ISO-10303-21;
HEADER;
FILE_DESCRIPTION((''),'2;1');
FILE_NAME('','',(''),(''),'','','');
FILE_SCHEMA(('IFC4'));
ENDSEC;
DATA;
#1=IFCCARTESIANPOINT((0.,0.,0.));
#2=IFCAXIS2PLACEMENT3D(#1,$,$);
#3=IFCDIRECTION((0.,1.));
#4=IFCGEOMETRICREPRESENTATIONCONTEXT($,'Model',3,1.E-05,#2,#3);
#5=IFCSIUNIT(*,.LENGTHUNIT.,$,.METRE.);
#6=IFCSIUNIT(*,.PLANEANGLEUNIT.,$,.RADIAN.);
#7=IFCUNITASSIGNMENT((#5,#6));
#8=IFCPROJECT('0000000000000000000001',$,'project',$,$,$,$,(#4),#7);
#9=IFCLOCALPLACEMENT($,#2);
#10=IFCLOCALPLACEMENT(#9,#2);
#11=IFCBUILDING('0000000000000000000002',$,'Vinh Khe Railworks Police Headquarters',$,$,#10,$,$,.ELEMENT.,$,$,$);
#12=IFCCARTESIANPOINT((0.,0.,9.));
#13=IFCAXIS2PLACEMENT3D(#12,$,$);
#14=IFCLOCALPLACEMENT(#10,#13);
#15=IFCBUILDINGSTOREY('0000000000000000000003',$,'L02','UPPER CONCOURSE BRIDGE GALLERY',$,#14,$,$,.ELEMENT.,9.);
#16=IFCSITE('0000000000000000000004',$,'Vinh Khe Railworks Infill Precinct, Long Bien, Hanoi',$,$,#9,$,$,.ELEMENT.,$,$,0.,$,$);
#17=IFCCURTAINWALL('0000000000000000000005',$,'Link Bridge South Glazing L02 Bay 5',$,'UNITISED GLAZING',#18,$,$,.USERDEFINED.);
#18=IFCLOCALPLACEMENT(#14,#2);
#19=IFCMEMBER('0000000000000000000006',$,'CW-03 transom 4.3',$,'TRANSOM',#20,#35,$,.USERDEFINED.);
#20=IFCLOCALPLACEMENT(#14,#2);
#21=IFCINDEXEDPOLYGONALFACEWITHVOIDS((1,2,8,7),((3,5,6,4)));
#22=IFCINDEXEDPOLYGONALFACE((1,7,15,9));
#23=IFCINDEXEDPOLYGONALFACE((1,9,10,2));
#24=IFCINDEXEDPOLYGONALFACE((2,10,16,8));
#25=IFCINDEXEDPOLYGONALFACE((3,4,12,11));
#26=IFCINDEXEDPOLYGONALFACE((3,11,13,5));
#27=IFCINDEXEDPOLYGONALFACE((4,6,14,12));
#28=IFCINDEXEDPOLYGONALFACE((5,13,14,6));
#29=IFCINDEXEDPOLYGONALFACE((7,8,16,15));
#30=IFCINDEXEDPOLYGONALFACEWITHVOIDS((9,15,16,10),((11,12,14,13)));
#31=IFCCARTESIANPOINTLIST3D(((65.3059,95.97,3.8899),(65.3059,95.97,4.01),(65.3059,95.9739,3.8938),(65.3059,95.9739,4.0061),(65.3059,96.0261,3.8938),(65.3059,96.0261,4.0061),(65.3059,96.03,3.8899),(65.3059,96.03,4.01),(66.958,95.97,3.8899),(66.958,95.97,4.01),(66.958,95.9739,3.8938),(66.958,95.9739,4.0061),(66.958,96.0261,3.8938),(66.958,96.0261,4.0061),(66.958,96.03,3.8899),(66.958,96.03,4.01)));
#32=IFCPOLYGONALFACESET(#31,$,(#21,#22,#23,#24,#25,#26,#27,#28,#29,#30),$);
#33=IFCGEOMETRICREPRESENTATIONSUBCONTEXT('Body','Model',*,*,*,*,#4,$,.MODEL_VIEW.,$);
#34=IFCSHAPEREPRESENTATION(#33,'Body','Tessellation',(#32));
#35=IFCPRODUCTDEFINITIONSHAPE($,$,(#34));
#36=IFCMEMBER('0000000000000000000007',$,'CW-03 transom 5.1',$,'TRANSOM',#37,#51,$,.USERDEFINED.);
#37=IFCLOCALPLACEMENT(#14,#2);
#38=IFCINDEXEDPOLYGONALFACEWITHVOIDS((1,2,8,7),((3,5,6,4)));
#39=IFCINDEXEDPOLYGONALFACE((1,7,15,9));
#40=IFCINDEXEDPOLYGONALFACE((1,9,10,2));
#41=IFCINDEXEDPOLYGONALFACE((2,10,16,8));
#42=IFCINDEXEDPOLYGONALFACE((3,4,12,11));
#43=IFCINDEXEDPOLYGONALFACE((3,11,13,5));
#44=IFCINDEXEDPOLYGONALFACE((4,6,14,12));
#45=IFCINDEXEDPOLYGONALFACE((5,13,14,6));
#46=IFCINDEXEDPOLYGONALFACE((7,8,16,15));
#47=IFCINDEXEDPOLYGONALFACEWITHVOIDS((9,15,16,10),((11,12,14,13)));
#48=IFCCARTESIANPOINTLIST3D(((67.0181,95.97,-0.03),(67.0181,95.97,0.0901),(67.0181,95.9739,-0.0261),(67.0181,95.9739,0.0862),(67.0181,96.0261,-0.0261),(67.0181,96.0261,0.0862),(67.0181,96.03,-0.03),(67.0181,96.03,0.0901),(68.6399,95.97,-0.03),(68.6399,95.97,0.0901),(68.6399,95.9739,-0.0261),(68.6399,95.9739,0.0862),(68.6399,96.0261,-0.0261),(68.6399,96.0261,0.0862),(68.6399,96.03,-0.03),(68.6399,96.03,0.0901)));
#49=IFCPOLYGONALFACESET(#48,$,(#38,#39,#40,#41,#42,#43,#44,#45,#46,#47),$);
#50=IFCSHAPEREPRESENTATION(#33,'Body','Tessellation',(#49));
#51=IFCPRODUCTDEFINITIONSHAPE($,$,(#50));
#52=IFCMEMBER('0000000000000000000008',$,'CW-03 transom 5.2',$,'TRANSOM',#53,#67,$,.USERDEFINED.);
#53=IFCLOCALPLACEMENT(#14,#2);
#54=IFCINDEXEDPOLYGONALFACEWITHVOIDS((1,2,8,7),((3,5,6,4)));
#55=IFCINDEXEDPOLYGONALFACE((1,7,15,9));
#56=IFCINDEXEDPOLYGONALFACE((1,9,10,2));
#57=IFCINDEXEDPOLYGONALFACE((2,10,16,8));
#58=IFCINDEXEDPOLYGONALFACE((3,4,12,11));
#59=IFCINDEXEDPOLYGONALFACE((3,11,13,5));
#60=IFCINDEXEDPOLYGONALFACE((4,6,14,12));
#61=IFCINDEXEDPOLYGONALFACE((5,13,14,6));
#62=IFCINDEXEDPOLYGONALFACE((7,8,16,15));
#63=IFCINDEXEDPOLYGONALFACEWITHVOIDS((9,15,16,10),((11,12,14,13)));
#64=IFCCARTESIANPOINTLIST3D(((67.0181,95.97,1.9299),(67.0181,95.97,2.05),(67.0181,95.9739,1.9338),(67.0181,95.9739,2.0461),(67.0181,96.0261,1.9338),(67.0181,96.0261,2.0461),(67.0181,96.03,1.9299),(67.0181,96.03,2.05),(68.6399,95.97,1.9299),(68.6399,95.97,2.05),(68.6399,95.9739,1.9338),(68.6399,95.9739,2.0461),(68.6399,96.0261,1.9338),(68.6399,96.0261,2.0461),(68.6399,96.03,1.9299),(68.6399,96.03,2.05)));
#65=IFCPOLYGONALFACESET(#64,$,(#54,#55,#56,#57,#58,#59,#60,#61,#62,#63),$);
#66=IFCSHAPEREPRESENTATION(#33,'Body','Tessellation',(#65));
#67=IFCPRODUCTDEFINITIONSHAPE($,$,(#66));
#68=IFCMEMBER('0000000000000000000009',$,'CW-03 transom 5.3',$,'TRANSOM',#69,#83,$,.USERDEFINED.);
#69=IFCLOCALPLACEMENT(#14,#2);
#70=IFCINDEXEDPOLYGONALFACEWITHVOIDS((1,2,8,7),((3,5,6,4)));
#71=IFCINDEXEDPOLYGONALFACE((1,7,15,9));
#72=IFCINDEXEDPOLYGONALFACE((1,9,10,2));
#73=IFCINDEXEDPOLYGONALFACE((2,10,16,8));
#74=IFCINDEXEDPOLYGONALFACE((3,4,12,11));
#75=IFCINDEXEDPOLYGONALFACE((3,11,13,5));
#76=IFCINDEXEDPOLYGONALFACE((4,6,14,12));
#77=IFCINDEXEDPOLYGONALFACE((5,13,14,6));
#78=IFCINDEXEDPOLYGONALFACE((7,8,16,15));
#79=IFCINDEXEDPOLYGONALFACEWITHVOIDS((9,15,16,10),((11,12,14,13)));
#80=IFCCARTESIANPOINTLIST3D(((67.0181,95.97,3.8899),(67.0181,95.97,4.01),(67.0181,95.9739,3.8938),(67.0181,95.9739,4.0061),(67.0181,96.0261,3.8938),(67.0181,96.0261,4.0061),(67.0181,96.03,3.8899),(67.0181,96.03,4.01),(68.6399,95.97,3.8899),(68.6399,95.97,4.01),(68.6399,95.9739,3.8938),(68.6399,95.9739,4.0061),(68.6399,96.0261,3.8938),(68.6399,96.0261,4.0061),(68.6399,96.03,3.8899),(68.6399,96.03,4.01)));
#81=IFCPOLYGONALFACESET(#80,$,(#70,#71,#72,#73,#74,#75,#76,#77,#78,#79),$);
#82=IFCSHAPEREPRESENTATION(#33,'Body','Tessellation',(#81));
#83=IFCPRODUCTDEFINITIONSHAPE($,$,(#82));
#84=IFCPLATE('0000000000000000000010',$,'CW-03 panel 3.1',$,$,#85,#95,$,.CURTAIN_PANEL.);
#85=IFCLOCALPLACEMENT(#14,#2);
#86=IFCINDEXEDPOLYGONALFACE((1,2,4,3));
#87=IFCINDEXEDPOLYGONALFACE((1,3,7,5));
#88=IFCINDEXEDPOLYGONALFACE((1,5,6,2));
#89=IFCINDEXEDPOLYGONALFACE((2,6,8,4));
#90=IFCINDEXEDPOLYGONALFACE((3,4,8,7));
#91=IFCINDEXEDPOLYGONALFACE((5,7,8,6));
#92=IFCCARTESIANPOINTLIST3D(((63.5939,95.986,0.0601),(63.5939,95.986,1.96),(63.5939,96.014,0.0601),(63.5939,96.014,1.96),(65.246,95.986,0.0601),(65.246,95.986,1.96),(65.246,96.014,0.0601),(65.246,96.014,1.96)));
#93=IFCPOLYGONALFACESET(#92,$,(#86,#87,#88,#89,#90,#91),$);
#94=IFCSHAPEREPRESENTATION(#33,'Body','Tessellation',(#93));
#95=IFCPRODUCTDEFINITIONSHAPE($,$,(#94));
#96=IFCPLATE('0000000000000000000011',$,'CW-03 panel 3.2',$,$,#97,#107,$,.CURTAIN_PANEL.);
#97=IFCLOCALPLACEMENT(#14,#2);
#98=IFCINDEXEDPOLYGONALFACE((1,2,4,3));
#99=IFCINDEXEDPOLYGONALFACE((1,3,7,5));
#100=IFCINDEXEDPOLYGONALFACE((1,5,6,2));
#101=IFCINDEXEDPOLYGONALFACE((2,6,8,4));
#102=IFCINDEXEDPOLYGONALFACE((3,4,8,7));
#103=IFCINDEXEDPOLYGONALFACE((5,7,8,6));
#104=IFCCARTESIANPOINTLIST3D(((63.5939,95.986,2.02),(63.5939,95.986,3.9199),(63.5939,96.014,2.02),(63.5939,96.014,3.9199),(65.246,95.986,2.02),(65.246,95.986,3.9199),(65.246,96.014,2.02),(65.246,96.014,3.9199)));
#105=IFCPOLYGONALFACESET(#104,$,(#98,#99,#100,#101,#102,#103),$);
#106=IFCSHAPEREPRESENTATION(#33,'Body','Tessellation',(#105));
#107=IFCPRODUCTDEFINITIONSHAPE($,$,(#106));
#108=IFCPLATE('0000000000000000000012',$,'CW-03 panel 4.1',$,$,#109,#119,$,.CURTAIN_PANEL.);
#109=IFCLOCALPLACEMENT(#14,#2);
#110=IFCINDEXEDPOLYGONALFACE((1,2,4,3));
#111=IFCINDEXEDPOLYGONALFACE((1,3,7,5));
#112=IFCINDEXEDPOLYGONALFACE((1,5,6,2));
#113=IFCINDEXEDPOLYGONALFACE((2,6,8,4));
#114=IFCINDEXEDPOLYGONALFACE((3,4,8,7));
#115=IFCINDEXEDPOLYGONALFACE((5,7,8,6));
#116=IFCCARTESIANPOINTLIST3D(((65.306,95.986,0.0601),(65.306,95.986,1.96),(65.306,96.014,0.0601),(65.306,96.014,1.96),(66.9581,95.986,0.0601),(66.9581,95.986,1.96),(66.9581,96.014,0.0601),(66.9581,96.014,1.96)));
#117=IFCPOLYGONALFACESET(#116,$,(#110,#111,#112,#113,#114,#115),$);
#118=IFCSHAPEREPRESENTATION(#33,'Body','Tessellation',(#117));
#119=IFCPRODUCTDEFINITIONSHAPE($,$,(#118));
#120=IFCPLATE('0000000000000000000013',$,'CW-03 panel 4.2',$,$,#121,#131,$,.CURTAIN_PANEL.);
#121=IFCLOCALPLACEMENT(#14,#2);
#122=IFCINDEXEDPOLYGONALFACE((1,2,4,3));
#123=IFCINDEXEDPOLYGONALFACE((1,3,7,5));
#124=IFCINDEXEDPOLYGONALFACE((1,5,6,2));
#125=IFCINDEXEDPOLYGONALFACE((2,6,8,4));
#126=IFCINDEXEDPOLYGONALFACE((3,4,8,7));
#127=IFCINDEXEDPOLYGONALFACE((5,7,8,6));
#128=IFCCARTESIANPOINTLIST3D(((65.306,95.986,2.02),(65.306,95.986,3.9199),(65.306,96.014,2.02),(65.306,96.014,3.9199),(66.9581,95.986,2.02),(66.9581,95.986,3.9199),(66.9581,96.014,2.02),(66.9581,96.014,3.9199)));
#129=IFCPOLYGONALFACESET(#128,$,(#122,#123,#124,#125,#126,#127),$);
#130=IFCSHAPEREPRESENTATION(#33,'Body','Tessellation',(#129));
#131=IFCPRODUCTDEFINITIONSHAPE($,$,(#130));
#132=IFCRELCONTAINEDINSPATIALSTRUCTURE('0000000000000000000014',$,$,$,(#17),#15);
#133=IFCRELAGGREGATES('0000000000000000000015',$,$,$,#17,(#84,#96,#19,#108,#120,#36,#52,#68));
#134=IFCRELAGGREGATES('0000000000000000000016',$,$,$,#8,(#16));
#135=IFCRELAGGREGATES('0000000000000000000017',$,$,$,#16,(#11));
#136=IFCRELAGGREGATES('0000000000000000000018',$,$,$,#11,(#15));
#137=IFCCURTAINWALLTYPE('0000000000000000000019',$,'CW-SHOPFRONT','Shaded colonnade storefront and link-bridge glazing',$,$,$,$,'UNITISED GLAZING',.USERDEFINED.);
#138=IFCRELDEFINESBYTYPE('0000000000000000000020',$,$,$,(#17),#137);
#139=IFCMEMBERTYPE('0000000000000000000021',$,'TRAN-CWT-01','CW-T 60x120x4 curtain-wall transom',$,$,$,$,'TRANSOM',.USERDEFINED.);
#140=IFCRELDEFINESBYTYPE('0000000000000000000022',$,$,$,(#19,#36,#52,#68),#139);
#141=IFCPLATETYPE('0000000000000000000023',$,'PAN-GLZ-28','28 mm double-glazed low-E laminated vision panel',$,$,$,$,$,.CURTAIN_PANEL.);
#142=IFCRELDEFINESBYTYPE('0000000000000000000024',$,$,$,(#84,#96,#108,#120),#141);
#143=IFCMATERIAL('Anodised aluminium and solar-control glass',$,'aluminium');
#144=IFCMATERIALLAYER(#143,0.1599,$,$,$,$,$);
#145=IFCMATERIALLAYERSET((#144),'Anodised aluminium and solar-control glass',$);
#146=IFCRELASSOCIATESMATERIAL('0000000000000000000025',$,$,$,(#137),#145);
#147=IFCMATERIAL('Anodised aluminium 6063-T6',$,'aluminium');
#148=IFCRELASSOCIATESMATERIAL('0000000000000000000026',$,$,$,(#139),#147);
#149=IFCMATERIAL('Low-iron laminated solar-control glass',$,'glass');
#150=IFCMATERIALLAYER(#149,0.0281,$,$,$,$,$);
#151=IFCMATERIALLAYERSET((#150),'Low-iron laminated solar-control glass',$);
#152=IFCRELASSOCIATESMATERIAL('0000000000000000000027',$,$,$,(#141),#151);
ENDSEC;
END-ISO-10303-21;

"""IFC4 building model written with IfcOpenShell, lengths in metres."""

from ifc_helpers import new_model, si_unit, direction, frame, origin, origin_2d, place, context, subcontext, project, spatial, rectangle, hollow_rectangle, extrude, material, layer, layer_set, material_profile, profile_set, type_object, element, aggregate, save


model = new_model("IFC4")

# Units and contexts
model_context = context("Model", 3, precision=1e-05, world=origin(), true_north=direction((0.0, 1.0)))
body_context = subcontext(model_context, "Body", "Model", "MODEL_VIEW")
ifc_project = project(units=[si_unit("LENGTHUNIT", "METRE"), si_unit("PLANEANGLEUNIT", "RADIAN")], contexts=[model_context])

# Site, building, storey
site_placement = place(None, origin())
site = spatial("IfcSite", under=ifc_project, at=site_placement, Name="Vinh Khe Railworks Infill Precinct, Long Bien, Hanoi", CompositionType="ELEMENT", RefElevation=0.0)
building_placement = place(site_placement, origin())
building = spatial("IfcBuilding", under=site, at=building_placement, Name="Vinh Khe Railworks Police Headquarters", CompositionType="ELEMENT")
storey_placement = place(building_placement, frame((0.0, 0.0, 9.0)))
storey = spatial("IfcBuildingStorey", under=building, at=storey_placement, Name="L02", Description="UPPER CONCOURSE BRIDGE GALLERY", CompositionType="ELEMENT", Elevation=9.0)

# Curtain wall
ifc_material_1 = material(Name="Anodised aluminium and solar-control glass", Category="aluminium")
ifc_layer_1 = layer(ifc_material_1, 0.1599)
ifc_layer_set_1 = layer_set([ifc_layer_1], Name="Anodised aluminium and solar-control glass")
curtain_wall_type = type_object("IfcCurtainWallType", Name="CW-SHOPFRONT", Description="Shaded colonnade storefront and link-bridge glazing", ElementType="UNITISED GLAZING", PredefinedType="USERDEFINED", material=ifc_layer_set_1)
curtain_wall_1_placement = place(storey_placement, origin())
curtain_wall_1 = element("IfcCurtainWall", 1, at=curtain_wall_1_placement, inside=storey, type_object=curtain_wall_type, Name="Link Bridge South Glazing L02 Bay 5", ObjectType="UNITISED GLAZING", PredefinedType="USERDEFINED")
ifc_material_2 = material(Name="Anodised aluminium 6063-T6", Category="aluminium")

# Members
ifc_material_profile_1 = material_profile(ifc_material_2, hollow_rectangle(XDim=0.0601, YDim=0.1201, WallThickness=0.0039, at=origin_2d()), Name="CW-T 60x120x4")
ifc_profile_set_1 = profile_set([ifc_material_profile_1], Name="Anodised aluminium 6063-T6")
member_type_1 = type_object("IfcMemberType", Name="TRAN-CWT-01", Description="CW-T 60x120x4 curtain-wall transom", ElementType="TRANSOM", PredefinedType="USERDEFINED", material=ifc_profile_set_1)
member_1_placement = place(storey_placement, frame((65.3059, 96.0, 3.95), z_axis=(1.0, 0.0, 0.0), x_axis=(0.0, 1.0, 0.0)))
member_1 = element("IfcMember", 2, at=member_1_placement, type_object=member_type_1, Name="CW-03 transom 4.3", ObjectType="TRANSOM", PredefinedType="USERDEFINED", context=body_context, shape_type="SweptSolid", body=[
    extrude(hollow_rectangle(XDim=0.0601, YDim=0.1201, WallThickness=0.0039, at=origin_2d()), origin(), (0.0, 0.0, 1.0), 1.6521),
])
member_2_placement = place(storey_placement, frame((67.0181, 96.0, 0.03), z_axis=(1.0, 0.0, 0.0), x_axis=(0.0, 1.0, 0.0)))
member_2 = element("IfcMember", 3, at=member_2_placement, type_object=member_type_1, Name="CW-03 transom 5.1", ObjectType="TRANSOM", PredefinedType="USERDEFINED", context=body_context, shape_type="SweptSolid", body=[
    extrude(hollow_rectangle(XDim=0.0601, YDim=0.1201, WallThickness=0.0039, at=origin_2d()), origin(), (0.0, 0.0, 1.0), 1.6218),
])
member_3_placement = place(storey_placement, frame((67.0181, 96.0, 1.99), z_axis=(1.0, 0.0, 0.0), x_axis=(0.0, 1.0, 0.0)))
member_3 = element("IfcMember", 4, at=member_3_placement, type_object=member_type_1, Name="CW-03 transom 5.2", ObjectType="TRANSOM", PredefinedType="USERDEFINED", context=body_context, shape_type="SweptSolid", body=[
    extrude(hollow_rectangle(XDim=0.0601, YDim=0.1201, WallThickness=0.0039, at=origin_2d()), origin(), (0.0, 0.0, 1.0), 1.6218),
])
member_4_placement = place(storey_placement, frame((67.0181, 96.0, 3.95), z_axis=(1.0, 0.0, 0.0), x_axis=(0.0, 1.0, 0.0)))
member_4 = element("IfcMember", 5, at=member_4_placement, type_object=member_type_1, Name="CW-03 transom 5.3", ObjectType="TRANSOM", PredefinedType="USERDEFINED", context=body_context, shape_type="SweptSolid", body=[
    extrude(hollow_rectangle(XDim=0.0601, YDim=0.1201, WallThickness=0.0039, at=origin_2d()), origin(), (0.0, 0.0, 1.0), 1.6218),
])

# Plates
ifc_material_3 = material(Name="Low-iron laminated solar-control glass", Category="glass")
ifc_layer_2 = layer(ifc_material_3, 0.0281)
ifc_layer_set_2 = layer_set([ifc_layer_2], Name="Low-iron laminated solar-control glass")
plate_type = type_object("IfcPlateType", Name="PAN-GLZ-28", Description="28 mm double-glazed low-E laminated vision panel", PredefinedType="CURTAIN_PANEL", material=ifc_layer_set_2)
plate_1_placement = place(storey_placement, frame((64.4199, 96.0, 0.0601), z_axis=(0.0, 0.0, 1.0), x_axis=(1.0, 0.0, 0.0)))
plate_1 = element("IfcPlate", 6, at=plate_1_placement, type_object=plate_type, Name="CW-03 panel 3.1", PredefinedType="CURTAIN_PANEL", context=body_context, shape_type="SweptSolid", body=[
    extrude(rectangle(XDim=1.6521, YDim=0.0281, at=origin_2d()), origin(), (0.0, 0.0, 1.0), 1.8999),
])
plate_2_placement = place(storey_placement, frame((64.4199, 96.0, 2.02), z_axis=(0.0, 0.0, 1.0), x_axis=(1.0, 0.0, 0.0)))
plate_2 = element("IfcPlate", 7, at=plate_2_placement, type_object=plate_type, Name="CW-03 panel 3.2", PredefinedType="CURTAIN_PANEL", context=body_context, shape_type="SweptSolid", body=[
    extrude(rectangle(XDim=1.6521, YDim=0.0281, at=origin_2d()), origin(), (0.0, 0.0, 1.0), 1.8999),
])
plate_3_placement = place(storey_placement, frame((66.1321, 96.0, 0.0601), z_axis=(0.0, 0.0, 1.0), x_axis=(1.0, 0.0, 0.0)))
plate_3 = element("IfcPlate", 8, at=plate_3_placement, type_object=plate_type, Name="CW-03 panel 4.1", PredefinedType="CURTAIN_PANEL", context=body_context, shape_type="SweptSolid", body=[
    extrude(rectangle(XDim=1.6521, YDim=0.0281, at=origin_2d()), origin(), (0.0, 0.0, 1.0), 1.8999),
])
plate_4_placement = place(storey_placement, frame((66.1321, 96.0, 2.02), z_axis=(0.0, 0.0, 1.0), x_axis=(1.0, 0.0, 0.0)))
plate_4 = element("IfcPlate", 9, at=plate_4_placement, type_object=plate_type, Name="CW-03 panel 4.2", PredefinedType="CURTAIN_PANEL", context=body_context, shape_type="SweptSolid", body=[
    extrude(rectangle(XDim=1.6521, YDim=0.0281, at=origin_2d()), origin(), (0.0, 0.0, 1.0), 1.8999),
])
aggregate(curtain_wall_1, [plate_1, plate_2, member_1, plate_3, plate_4, member_2, member_3, member_4])

save(model, "model.ifc")
